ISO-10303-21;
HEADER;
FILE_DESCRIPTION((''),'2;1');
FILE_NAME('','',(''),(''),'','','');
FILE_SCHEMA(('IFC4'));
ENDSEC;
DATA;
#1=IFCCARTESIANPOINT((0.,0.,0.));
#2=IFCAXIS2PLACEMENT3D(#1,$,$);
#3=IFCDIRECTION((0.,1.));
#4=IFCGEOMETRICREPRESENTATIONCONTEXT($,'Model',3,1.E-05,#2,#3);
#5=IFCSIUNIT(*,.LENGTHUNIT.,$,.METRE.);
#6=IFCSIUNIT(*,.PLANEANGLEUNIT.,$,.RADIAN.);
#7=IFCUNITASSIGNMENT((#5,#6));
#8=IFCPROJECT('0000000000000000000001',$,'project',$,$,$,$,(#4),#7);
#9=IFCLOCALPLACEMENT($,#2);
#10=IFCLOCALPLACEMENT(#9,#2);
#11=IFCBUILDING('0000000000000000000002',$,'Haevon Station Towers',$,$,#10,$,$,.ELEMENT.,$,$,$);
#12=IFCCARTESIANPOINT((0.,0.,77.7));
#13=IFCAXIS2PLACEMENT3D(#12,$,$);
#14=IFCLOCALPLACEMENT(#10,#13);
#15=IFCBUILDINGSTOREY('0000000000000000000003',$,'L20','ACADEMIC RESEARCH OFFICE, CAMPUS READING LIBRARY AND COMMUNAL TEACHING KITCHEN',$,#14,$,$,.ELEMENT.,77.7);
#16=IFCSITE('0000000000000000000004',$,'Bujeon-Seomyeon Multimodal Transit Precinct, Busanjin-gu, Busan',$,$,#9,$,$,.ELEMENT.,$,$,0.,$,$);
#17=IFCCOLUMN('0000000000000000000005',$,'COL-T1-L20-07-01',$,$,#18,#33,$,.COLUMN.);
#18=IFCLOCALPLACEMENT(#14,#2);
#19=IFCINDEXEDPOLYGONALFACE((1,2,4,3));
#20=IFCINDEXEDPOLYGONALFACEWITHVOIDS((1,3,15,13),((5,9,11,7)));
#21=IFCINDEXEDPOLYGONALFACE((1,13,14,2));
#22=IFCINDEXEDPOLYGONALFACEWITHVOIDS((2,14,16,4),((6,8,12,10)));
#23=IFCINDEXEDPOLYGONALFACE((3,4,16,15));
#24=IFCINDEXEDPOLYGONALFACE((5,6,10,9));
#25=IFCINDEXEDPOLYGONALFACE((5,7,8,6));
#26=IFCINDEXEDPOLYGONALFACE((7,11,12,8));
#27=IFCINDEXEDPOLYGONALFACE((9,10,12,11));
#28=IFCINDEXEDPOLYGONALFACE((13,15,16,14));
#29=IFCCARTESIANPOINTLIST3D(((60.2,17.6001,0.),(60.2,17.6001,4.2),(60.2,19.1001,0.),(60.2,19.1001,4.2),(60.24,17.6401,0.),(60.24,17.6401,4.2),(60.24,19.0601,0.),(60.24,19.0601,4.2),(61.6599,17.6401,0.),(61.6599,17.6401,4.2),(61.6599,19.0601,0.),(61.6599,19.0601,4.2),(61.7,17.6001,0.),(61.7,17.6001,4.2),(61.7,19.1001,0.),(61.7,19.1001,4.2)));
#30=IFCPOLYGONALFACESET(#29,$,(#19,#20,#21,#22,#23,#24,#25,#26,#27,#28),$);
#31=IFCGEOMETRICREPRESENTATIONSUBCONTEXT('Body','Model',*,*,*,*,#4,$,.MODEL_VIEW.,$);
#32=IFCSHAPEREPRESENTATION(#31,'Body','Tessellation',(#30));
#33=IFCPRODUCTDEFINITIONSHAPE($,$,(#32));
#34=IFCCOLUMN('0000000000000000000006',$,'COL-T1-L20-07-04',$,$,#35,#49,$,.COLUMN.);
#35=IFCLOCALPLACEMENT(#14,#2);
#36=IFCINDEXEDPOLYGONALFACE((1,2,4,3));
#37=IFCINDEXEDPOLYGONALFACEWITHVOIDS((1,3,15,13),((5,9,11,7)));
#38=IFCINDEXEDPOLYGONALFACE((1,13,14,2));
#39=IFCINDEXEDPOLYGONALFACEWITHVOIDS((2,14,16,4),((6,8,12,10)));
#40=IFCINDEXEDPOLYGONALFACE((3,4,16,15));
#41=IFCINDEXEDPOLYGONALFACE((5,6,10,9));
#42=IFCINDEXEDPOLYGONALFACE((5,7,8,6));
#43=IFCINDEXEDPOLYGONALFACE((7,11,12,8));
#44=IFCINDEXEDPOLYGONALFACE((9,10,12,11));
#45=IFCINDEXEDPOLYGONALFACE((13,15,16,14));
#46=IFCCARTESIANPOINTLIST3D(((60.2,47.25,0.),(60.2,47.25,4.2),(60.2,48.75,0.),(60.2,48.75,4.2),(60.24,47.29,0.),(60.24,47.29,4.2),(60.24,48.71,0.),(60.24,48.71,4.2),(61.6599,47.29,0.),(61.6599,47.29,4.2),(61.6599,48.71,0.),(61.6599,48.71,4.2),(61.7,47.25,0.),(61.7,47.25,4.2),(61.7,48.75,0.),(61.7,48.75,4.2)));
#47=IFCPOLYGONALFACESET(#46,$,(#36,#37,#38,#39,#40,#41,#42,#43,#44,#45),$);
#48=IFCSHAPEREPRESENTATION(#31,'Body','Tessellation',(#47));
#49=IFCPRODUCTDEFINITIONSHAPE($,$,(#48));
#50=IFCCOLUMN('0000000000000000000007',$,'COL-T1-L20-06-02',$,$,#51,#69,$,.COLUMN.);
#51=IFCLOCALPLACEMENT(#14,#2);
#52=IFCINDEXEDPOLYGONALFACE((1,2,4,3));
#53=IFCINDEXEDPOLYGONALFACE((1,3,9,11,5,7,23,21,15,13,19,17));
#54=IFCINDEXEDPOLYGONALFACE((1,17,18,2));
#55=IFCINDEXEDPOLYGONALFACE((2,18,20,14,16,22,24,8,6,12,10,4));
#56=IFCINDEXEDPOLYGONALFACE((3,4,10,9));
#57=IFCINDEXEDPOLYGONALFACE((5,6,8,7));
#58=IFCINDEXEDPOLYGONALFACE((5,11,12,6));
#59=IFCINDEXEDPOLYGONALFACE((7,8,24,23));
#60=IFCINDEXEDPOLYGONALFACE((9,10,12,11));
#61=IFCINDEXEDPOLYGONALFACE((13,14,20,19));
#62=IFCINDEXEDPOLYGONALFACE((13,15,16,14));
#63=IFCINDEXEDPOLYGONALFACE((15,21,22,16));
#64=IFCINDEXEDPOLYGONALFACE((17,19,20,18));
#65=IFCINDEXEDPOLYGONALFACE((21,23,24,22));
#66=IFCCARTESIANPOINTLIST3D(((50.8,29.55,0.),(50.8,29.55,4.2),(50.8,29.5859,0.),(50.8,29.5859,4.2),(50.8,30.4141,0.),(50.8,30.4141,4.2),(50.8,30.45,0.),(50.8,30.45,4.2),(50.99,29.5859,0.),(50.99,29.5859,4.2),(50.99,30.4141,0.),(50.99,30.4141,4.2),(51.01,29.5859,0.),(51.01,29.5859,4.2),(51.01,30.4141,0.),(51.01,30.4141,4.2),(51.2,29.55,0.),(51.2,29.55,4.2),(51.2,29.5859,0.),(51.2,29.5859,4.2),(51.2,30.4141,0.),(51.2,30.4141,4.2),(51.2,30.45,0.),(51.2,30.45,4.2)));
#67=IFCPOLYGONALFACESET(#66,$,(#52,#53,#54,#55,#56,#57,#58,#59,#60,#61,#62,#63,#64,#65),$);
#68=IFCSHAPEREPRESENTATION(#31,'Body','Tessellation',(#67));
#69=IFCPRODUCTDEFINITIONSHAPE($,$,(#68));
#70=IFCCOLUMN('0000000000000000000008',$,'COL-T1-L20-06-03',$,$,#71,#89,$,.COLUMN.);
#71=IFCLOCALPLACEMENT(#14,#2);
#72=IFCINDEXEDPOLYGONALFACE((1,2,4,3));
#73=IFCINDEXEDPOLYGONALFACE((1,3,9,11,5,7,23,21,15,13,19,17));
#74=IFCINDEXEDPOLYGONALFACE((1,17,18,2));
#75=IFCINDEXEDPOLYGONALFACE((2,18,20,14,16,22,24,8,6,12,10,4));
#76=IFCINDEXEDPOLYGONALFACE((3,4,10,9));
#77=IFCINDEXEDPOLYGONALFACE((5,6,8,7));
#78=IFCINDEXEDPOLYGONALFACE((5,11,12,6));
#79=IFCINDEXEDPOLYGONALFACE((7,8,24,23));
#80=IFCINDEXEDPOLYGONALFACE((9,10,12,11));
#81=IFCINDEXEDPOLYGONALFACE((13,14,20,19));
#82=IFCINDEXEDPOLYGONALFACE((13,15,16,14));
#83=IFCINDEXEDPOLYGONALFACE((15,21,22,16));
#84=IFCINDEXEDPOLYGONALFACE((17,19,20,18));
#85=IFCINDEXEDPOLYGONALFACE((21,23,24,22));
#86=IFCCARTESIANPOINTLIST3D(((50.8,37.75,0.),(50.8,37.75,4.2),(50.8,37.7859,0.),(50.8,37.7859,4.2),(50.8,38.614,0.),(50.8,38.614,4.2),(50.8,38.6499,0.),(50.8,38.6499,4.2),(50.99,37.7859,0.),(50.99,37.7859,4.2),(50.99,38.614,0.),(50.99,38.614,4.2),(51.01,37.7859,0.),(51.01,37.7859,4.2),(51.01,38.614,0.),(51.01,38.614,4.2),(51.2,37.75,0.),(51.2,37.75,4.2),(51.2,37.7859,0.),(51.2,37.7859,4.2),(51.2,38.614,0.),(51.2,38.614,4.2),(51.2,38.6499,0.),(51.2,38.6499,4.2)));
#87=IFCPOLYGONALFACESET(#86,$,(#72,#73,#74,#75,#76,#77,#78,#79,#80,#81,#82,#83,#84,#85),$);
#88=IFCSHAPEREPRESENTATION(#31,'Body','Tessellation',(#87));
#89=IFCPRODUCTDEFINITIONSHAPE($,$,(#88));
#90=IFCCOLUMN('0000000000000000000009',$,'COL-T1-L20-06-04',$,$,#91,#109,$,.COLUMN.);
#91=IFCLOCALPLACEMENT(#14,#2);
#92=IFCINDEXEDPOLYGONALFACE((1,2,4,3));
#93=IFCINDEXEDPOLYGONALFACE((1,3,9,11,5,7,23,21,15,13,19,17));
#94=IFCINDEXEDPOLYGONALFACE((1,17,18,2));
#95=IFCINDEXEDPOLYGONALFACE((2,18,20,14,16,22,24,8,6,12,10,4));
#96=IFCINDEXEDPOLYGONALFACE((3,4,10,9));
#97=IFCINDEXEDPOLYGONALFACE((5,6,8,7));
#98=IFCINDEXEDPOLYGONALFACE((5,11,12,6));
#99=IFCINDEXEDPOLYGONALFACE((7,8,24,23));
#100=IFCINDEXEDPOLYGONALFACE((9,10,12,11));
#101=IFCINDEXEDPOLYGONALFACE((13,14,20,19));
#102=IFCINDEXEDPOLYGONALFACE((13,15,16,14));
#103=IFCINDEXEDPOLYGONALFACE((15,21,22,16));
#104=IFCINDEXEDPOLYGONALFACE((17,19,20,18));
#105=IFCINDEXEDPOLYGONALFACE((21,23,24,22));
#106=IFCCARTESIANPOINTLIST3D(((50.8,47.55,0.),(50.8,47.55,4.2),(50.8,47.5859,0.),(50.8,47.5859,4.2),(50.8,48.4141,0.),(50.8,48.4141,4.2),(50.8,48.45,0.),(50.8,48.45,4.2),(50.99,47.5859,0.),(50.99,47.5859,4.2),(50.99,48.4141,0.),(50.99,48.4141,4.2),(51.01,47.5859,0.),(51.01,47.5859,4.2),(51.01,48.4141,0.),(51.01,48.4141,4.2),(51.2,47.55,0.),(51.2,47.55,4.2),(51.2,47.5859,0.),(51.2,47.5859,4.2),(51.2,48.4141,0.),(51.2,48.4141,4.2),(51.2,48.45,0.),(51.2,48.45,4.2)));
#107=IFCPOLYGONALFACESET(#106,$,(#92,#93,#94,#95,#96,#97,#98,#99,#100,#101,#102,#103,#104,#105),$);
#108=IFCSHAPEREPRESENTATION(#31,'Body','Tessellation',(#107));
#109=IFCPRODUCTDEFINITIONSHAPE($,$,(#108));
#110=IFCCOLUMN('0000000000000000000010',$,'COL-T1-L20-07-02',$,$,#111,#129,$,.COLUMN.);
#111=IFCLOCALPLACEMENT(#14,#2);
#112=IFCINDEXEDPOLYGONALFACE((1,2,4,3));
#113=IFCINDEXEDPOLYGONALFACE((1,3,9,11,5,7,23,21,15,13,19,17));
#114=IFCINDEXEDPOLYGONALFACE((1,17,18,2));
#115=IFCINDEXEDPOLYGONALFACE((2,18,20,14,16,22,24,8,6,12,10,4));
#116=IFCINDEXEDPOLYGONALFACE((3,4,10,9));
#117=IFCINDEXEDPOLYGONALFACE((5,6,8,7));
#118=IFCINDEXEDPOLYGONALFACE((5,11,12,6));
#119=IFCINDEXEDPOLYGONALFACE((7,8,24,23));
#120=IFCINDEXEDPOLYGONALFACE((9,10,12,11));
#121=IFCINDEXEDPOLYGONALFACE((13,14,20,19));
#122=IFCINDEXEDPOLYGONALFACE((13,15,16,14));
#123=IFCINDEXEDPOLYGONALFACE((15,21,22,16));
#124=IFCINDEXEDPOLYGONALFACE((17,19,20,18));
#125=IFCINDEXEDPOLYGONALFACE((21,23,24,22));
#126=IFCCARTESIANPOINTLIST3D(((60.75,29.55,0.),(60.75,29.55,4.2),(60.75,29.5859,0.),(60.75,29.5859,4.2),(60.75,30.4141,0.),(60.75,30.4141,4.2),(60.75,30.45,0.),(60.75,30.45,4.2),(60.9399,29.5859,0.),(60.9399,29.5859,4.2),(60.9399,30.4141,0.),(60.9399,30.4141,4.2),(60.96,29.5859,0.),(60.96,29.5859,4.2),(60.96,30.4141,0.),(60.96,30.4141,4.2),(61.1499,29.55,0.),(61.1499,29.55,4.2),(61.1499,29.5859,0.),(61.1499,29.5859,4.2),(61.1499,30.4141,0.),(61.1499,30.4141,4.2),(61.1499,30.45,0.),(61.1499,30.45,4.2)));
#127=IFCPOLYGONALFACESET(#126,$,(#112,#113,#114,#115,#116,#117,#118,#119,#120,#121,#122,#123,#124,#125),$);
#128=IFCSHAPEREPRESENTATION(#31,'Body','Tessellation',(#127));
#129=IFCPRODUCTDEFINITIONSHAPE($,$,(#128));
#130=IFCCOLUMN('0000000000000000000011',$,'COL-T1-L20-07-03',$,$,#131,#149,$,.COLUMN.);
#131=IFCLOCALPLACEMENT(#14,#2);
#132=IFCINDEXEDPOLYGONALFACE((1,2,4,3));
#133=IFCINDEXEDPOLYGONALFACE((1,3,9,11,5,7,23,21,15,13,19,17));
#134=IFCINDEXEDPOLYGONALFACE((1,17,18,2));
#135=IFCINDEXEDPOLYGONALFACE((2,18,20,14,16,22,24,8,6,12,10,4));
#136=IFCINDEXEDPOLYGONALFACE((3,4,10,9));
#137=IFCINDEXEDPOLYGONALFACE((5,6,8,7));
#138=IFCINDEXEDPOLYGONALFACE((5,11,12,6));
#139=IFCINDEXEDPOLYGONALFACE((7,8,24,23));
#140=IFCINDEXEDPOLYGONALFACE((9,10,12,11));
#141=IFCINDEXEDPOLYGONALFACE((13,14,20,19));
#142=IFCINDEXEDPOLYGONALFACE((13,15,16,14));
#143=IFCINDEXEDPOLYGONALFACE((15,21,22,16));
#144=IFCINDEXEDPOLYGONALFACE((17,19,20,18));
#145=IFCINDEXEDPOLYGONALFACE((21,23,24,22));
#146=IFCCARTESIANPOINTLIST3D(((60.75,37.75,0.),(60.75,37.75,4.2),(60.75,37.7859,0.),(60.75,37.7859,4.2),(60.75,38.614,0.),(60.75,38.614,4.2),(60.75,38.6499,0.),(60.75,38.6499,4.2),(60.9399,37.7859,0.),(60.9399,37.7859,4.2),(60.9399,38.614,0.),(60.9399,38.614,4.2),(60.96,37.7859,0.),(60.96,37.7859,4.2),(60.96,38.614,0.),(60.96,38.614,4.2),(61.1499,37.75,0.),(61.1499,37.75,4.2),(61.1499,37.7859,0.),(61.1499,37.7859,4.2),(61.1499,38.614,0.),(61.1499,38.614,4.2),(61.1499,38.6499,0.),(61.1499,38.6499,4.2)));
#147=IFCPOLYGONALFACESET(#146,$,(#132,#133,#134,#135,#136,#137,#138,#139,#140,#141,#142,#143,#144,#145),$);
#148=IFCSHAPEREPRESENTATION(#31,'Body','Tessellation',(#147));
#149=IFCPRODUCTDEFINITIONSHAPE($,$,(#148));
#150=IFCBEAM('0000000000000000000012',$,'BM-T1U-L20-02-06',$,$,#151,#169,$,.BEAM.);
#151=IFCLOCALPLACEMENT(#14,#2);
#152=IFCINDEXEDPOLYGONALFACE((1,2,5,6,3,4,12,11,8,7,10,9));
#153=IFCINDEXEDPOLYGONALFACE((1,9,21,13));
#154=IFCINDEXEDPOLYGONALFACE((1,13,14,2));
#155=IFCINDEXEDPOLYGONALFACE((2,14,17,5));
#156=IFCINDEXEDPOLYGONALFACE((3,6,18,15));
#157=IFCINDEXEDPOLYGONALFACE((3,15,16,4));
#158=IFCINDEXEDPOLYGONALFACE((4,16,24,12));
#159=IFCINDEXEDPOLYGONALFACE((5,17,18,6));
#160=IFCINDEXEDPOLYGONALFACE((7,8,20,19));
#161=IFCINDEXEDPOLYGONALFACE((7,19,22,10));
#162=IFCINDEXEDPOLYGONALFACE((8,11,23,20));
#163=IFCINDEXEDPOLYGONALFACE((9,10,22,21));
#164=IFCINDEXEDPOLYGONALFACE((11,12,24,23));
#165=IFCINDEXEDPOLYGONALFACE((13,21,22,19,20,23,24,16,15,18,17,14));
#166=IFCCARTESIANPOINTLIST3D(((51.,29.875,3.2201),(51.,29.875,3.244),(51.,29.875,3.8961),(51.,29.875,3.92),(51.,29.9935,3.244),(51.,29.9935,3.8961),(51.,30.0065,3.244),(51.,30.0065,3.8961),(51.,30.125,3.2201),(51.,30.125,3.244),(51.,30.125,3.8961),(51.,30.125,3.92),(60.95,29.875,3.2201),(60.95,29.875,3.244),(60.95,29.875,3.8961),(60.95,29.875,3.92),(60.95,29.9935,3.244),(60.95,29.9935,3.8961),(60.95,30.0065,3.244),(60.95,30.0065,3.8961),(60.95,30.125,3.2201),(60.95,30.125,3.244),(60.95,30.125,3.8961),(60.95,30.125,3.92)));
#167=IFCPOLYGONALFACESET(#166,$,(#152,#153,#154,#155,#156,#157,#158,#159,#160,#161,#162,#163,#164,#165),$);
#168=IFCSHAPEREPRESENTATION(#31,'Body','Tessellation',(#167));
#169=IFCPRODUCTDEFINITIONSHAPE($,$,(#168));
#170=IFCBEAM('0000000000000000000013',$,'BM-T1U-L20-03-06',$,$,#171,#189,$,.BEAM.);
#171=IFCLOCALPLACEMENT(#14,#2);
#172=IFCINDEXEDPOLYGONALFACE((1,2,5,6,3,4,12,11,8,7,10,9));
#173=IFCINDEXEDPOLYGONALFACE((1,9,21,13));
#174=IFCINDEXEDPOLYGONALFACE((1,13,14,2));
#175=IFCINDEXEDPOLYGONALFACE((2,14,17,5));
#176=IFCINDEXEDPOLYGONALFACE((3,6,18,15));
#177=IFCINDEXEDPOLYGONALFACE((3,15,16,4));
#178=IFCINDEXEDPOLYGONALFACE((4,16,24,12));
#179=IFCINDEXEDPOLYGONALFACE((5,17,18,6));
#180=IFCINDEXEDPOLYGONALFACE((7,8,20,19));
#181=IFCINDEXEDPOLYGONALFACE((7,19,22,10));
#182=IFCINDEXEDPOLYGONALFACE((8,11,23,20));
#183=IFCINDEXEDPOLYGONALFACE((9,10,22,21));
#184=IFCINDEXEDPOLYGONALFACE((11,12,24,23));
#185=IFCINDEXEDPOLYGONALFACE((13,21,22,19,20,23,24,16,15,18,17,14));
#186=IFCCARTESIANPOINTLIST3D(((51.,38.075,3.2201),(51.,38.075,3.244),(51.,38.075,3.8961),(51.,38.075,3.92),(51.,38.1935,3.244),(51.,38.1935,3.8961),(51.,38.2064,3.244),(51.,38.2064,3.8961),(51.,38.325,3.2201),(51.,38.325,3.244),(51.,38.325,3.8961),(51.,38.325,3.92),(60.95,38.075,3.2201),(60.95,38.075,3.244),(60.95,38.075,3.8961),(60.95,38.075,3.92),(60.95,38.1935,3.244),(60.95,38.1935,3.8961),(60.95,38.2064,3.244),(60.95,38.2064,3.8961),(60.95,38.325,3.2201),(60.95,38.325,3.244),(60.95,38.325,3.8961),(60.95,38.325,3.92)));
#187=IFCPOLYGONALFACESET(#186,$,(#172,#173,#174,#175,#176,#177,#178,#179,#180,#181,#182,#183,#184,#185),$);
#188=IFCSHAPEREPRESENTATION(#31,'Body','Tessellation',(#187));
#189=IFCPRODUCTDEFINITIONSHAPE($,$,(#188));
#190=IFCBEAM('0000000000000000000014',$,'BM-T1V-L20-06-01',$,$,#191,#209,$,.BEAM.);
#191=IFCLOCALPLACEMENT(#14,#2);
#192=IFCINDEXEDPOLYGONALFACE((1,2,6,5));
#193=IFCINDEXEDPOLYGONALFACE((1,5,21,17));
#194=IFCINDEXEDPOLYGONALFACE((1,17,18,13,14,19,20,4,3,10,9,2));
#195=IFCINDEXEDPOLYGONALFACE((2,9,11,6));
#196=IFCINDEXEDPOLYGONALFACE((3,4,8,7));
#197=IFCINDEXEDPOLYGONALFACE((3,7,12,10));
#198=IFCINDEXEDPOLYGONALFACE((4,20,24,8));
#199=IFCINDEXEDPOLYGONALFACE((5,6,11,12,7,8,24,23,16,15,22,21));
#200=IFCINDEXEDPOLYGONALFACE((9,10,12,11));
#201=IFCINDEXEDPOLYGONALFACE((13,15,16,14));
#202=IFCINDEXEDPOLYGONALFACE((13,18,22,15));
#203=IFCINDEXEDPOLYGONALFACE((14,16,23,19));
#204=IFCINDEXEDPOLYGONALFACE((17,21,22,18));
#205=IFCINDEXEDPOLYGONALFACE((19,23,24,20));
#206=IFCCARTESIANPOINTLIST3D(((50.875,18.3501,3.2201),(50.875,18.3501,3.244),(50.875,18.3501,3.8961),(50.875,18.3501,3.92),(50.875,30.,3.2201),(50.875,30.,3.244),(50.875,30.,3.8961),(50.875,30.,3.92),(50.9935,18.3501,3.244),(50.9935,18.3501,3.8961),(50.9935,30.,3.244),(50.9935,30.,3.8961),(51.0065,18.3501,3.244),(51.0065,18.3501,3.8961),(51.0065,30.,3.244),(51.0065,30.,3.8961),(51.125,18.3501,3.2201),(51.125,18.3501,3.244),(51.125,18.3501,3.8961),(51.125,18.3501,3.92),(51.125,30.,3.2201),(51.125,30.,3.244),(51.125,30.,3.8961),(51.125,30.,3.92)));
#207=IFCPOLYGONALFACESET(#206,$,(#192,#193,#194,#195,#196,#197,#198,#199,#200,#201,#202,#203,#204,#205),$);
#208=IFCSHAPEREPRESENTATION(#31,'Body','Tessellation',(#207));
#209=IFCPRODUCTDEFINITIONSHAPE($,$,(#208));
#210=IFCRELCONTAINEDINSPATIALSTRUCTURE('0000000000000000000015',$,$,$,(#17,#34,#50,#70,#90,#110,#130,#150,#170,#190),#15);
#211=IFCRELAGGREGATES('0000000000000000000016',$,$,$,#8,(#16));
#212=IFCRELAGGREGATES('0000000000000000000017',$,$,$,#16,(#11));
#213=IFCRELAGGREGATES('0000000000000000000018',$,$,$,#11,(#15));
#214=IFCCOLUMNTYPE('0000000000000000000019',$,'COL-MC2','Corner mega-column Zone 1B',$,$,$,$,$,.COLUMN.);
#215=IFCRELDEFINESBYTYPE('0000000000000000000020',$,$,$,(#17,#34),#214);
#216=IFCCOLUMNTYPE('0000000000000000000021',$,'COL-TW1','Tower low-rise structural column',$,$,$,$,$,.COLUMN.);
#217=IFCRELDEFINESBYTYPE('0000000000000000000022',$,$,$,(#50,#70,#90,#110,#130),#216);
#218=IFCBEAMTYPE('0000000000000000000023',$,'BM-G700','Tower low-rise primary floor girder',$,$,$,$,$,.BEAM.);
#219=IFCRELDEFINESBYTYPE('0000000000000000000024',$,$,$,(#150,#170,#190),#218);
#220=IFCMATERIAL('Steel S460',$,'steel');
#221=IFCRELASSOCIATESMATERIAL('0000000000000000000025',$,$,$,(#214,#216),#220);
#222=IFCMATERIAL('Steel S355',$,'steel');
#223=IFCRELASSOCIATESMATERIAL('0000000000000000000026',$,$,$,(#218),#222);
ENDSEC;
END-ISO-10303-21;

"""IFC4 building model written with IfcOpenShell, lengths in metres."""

from ifc_helpers import new_model, si_unit, direction, frame, origin, origin_2d, place, context, subcontext, project, spatial, hollow_rectangle, i_section, extrude, material, material_profile, profile_set, type_object, element, save


model = new_model("IFC4")

# Units and contexts
model_context = context("Model", 3, precision=1e-05, world=origin(), true_north=direction((0.0, 1.0)))
body_context = subcontext(model_context, "Body", "Model", "MODEL_VIEW")
ifc_project = project(units=[si_unit("LENGTHUNIT", "METRE"), si_unit("PLANEANGLEUNIT", "RADIAN")], contexts=[model_context])

# Site, building, storey
site_placement = place(None, origin())
site = spatial("IfcSite", under=ifc_project, at=site_placement, Name="Bujeon-Seomyeon Multimodal Transit Precinct, Busanjin-gu, Busan", CompositionType="ELEMENT", RefElevation=0.0)
building_placement = place(site_placement, origin())
building = spatial("IfcBuilding", under=site, at=building_placement, Name="Haevon Station Towers", CompositionType="ELEMENT")
storey_placement = place(building_placement, frame((0.0, 0.0, 77.7)))
storey = spatial("IfcBuildingStorey", under=building, at=storey_placement, Name="L20", Description="ACADEMIC RESEARCH OFFICE, CAMPUS READING LIBRARY AND COMMUNAL TEACHING KITCHEN", CompositionType="ELEMENT", Elevation=77.7)

# Columns
ifc_material_1 = material(Name="Steel S460", Category="steel")
ifc_material_profile_1 = material_profile(ifc_material_1, hollow_rectangle(XDim=1.5, YDim=1.5, WallThickness=0.04, at=origin_2d()), Name="BOX-1500x1500x40")
ifc_profile_set_1 = profile_set([ifc_material_profile_1], Name="Steel S460")
column_type_1 = type_object("IfcColumnType", Name="COL-MC2", Description="Corner mega-column Zone 1B", PredefinedType="COLUMN", material=ifc_profile_set_1)
for number, where, z_axis, x_axis, name in (
    (1, (60.95, 18.3501, 0.0), (0.0, 0.0, 1.0), (1.0, 0.0, 0.0), "COL-T1-L20-07-01"),
    (2, (60.95, 48.0, 0.0), (0.0, 0.0, 1.0), (1.0, 0.0, 0.0), "COL-T1-L20-07-04"),
):
    element("IfcColumn", number, at=place(storey_placement, frame(where, z_axis=z_axis, x_axis=x_axis)), inside=storey, type_object=column_type_1, Name=name, PredefinedType="COLUMN", context=body_context, shape_type="SweptSolid", body=[
        extrude(hollow_rectangle(XDim=1.5, YDim=1.5, WallThickness=0.04, at=origin_2d()), origin(), (0.0, 0.0, 1.0), 4.2),
    ])
ifc_material_profile_2 = material_profile(ifc_material_1, i_section(OverallWidth=0.3999, OverallDepth=0.8999, WebThickness=0.02, FlangeThickness=0.0359, at=origin_2d()), Name="H-900x400x20x36")
ifc_profile_set_2 = profile_set([ifc_material_profile_2], Name="Steel S460")
column_type_2 = type_object("IfcColumnType", Name="COL-TW1", Description="Tower low-rise structural column", PredefinedType="COLUMN", material=ifc_profile_set_2)
for number, where, z_axis, x_axis, name in (
    (3, (51.0, 30.0, 0.0), (0.0, 0.0, 1.0), (1.0, 0.0, 0.0), "COL-T1-L20-06-02"),
    (4, (51.0, 38.2, 0.0), (0.0, 0.0, 1.0), (1.0, 0.0, 0.0), "COL-T1-L20-06-03"),
    (5, (51.0, 48.0, 0.0), (0.0, 0.0, 1.0), (1.0, 0.0, 0.0), "COL-T1-L20-06-04"),
    (6, (60.95, 30.0, 0.0), (0.0, 0.0, 1.0), (1.0, 0.0, 0.0), "COL-T1-L20-07-02"),
    (7, (60.95, 38.2, 0.0), (0.0, 0.0, 1.0), (1.0, 0.0, 0.0), "COL-T1-L20-07-03"),
):
    element("IfcColumn", number, at=place(storey_placement, frame(where, z_axis=z_axis, x_axis=x_axis)), inside=storey, type_object=column_type_2, Name=name, PredefinedType="COLUMN", context=body_context, shape_type="SweptSolid", body=[
        extrude(i_section(OverallWidth=0.3999, OverallDepth=0.8999, WebThickness=0.02, FlangeThickness=0.0359, at=origin_2d()), origin(), (0.0, 0.0, 1.0), 4.2),
    ])

# Beams
ifc_material_2 = material(Name="Steel S355", Category="steel")
ifc_material_profile_3 = material_profile(ifc_material_2, i_section(OverallWidth=0.25, OverallDepth=0.7, WebThickness=0.0129, FlangeThickness=0.0239, at=origin_2d()), Name="H-700x250x13x24")
ifc_profile_set_3 = profile_set([ifc_material_profile_3], Name="Steel S355")
beam_type_1 = type_object("IfcBeamType", Name="BM-G700", Description="Tower low-rise primary floor girder", PredefinedType="BEAM", material=ifc_profile_set_3)
for number, where, z_axis, x_axis, name in (
    (8, (51.0, 30.0, 3.5701), (1.0, 0.0, 0.0), (0.0, 1.0, 0.0), "BM-T1U-L20-02-06"),
    (9, (51.0, 38.2, 3.5701), (1.0, 0.0, 0.0), (0.0, 1.0, 0.0), "BM-T1U-L20-03-06"),
):
    element("IfcBeam", number, at=place(storey_placement, frame(where, z_axis=z_axis, x_axis=x_axis)), inside=storey, type_object=beam_type_1, Name=name, PredefinedType="BEAM", context=body_context, shape_type="SweptSolid", body=[
        extrude(i_section(OverallWidth=0.25, OverallDepth=0.7, WebThickness=0.0129, FlangeThickness=0.0239, at=origin_2d()), origin(), (0.0, 0.0, 1.0), 9.95),
    ])
beam_1_placement = place(storey_placement, frame((51.0, 18.3501, 3.5701), z_axis=(0.0, 1.0, 0.0), x_axis=(-1.0, 0.0, 0.0)))
element("IfcBeam", 10, at=beam_1_placement, inside=storey, type_object=beam_type_1, Name="BM-T1V-L20-06-01", PredefinedType="BEAM", context=body_context, shape_type="SweptSolid", body=[
    extrude(i_section(OverallWidth=0.25, OverallDepth=0.7, WebThickness=0.0129, FlangeThickness=0.0239, at=origin_2d()), origin(), (0.0, 0.0, 1.0), 11.6499),
])

save(model, "model.ifc")
